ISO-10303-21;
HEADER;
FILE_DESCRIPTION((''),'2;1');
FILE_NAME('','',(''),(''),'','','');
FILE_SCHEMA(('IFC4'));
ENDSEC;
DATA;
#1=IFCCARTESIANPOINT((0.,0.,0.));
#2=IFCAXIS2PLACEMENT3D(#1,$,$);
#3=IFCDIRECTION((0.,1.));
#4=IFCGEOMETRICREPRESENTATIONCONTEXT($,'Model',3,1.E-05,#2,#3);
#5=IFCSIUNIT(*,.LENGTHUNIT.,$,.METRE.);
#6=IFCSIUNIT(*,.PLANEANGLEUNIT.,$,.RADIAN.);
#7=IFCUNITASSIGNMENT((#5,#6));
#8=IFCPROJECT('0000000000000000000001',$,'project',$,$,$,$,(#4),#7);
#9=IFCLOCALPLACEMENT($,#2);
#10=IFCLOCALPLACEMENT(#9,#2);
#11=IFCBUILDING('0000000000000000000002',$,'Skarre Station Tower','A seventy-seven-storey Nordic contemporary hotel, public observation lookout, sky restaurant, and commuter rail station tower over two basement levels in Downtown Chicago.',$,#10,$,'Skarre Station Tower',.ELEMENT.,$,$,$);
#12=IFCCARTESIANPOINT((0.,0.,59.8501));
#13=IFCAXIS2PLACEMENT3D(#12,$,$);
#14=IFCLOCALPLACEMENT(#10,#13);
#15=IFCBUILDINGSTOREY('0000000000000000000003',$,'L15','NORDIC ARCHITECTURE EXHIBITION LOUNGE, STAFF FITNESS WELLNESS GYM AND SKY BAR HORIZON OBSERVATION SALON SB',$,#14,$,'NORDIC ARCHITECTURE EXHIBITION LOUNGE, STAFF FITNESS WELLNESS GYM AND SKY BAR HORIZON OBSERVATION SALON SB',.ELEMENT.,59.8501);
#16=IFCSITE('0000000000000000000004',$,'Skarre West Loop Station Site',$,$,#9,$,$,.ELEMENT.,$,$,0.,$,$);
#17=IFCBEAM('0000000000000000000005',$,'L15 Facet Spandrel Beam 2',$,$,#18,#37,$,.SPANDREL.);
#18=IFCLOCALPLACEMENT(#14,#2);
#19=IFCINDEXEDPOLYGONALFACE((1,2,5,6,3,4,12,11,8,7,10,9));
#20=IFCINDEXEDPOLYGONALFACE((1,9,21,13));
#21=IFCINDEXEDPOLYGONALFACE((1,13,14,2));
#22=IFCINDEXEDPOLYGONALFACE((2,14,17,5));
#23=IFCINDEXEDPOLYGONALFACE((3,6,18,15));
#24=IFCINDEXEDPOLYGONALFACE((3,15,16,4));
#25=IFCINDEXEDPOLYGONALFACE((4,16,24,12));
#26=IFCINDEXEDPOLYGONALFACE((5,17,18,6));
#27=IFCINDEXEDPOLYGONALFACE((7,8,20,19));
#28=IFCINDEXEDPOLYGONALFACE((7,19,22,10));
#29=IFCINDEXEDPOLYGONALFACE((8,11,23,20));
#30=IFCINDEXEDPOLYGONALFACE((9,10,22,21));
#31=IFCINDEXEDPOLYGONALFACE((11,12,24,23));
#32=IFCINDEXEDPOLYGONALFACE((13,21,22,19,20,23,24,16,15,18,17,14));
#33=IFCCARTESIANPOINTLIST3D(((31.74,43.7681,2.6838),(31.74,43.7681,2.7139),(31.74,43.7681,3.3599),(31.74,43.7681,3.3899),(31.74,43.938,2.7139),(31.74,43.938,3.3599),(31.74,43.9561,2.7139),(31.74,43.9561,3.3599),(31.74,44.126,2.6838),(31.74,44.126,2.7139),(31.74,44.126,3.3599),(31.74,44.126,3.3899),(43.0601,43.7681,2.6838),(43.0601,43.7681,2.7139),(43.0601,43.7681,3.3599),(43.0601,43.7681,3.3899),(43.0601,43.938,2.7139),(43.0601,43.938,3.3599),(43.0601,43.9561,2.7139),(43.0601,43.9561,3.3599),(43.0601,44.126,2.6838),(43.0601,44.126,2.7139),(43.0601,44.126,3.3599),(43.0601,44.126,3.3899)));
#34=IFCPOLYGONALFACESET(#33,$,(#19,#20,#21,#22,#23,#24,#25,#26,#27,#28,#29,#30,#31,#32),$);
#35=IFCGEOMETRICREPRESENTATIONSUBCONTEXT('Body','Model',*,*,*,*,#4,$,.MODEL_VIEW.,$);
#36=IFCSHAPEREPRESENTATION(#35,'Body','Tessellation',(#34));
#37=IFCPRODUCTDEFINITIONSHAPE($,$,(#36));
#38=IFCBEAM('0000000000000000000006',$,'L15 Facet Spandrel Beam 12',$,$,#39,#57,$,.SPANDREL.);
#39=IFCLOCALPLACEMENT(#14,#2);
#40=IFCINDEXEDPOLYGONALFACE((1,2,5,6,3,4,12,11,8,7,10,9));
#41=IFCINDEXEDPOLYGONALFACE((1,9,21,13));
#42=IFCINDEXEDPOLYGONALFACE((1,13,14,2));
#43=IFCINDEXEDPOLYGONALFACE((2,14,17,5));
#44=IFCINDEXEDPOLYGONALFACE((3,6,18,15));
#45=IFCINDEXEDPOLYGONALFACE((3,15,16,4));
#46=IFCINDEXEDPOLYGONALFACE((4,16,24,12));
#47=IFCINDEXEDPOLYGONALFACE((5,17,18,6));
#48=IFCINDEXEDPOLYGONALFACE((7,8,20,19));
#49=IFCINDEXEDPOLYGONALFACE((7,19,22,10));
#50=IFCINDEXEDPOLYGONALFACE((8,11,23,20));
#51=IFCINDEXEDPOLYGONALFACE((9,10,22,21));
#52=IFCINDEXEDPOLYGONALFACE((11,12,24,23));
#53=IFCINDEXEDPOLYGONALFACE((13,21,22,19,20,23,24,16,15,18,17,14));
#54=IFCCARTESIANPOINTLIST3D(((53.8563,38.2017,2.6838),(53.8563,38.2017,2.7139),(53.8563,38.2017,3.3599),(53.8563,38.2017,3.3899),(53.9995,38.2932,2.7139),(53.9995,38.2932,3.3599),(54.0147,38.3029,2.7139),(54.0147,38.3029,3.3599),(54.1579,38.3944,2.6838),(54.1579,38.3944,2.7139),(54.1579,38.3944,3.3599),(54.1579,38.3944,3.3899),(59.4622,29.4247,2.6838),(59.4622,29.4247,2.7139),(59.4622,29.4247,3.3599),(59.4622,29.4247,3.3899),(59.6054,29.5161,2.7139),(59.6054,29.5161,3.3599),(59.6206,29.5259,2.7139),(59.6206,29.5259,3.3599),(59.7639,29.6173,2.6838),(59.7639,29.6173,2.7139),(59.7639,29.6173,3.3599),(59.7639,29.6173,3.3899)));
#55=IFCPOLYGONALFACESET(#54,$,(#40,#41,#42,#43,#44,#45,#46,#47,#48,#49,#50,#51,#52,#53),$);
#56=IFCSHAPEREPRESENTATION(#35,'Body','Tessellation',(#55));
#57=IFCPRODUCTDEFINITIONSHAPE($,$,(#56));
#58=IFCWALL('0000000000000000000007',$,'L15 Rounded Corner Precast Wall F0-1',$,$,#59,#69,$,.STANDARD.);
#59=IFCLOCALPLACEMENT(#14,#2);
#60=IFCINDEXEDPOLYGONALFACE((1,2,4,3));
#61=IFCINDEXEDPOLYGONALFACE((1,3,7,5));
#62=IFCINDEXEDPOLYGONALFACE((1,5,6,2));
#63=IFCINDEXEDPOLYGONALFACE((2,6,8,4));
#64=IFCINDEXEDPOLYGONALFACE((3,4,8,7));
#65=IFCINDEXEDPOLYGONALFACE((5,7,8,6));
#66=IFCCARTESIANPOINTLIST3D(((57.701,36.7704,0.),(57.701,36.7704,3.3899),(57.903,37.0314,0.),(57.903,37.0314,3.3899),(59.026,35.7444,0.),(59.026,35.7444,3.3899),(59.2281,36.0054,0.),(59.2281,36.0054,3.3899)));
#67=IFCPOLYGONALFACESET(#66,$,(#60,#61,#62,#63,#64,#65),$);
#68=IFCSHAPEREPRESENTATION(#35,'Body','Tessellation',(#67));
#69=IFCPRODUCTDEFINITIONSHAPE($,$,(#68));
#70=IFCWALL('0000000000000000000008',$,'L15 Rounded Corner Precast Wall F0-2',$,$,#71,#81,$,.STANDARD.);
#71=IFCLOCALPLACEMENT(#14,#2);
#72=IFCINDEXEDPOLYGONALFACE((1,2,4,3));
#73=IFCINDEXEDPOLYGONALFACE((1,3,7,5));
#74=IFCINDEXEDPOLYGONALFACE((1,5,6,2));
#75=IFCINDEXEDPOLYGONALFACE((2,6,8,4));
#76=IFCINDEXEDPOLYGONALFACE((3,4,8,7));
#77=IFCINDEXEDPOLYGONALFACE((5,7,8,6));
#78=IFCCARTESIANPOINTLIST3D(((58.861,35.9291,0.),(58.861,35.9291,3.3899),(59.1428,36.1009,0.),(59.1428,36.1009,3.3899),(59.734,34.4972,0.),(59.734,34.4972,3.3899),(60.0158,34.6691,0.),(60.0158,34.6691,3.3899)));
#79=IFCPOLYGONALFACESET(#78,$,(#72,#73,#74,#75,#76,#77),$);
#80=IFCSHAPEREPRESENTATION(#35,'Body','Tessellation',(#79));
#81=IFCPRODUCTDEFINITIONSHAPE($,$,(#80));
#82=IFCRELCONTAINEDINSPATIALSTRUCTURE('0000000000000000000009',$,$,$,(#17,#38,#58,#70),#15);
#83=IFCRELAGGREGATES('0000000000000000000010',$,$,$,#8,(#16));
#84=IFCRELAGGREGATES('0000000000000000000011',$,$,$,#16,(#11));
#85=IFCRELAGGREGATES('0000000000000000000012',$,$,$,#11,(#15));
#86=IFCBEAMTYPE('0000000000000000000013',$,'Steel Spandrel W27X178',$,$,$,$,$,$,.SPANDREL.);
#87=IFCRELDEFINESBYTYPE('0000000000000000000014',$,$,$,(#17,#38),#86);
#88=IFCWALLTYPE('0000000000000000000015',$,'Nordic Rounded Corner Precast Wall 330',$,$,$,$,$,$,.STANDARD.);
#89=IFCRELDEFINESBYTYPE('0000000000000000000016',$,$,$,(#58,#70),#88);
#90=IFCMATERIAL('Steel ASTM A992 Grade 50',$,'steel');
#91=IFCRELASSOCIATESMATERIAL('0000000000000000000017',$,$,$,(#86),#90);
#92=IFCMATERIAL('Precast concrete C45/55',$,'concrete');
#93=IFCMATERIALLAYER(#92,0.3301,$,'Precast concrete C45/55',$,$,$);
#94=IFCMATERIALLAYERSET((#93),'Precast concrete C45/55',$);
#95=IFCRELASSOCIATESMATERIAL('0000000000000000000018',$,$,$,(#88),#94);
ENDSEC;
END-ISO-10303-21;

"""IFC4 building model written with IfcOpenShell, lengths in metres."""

from ifc_helpers import new_model, si_unit, direction, frame, frame_2d, origin, origin_2d, place, context, subcontext, project, spatial, rectangle, i_section, extrude, material, layer, layer_set, material_profile, profile_set, type_object, element, save


model = new_model("IFC4")

# Units and contexts
model_context = context("Model", 3, precision=1e-05, world=origin(), true_north=direction((0.0, 1.0)))
body_context = subcontext(model_context, "Body", "Model", "MODEL_VIEW")
ifc_project = project(units=[si_unit("LENGTHUNIT", "METRE"), si_unit("PLANEANGLEUNIT", "RADIAN")], contexts=[model_context])

# Site, building, storey
site_placement = place(None, origin())
site = spatial("IfcSite", under=ifc_project, at=site_placement, Name="Skarre West Loop Station Site", CompositionType="ELEMENT", RefElevation=0.0)
building_placement = place(site_placement, origin())
building = spatial("IfcBuilding", under=site, at=building_placement, Name="Skarre Station Tower", Description="A seventy-seven-storey Nordic contemporary hotel, public observation lookout, sky restaurant, and commuter rail station tower over two basement levels in Downtown Chicago.", LongName="Skarre Station Tower", CompositionType="ELEMENT")
storey_placement = place(building_placement, frame((0.0, 0.0, 59.8501)))
storey = spatial("IfcBuildingStorey", under=building, at=storey_placement, Name="L15", Description="NORDIC ARCHITECTURE EXHIBITION LOUNGE, STAFF FITNESS WELLNESS GYM AND SKY BAR HORIZON OBSERVATION SALON SB", LongName="NORDIC ARCHITECTURE EXHIBITION LOUNGE, STAFF FITNESS WELLNESS GYM AND SKY BAR HORIZON OBSERVATION SALON SB", CompositionType="ELEMENT", Elevation=59.8501)

# Beams
ifc_material_1 = material(Name="Steel ASTM A992 Grade 50", Category="steel")
ifc_material_profile_1 = material_profile(ifc_material_1, i_section(OverallWidth=0.3579, OverallDepth=0.7061, WebThickness=0.0181, FlangeThickness=0.03, at=origin_2d()), Name="Steel ASTM A992 Grade 50")
ifc_profile_set_1 = profile_set([ifc_material_profile_1], Name="Steel ASTM A992 Grade 50")
beam_type_1 = type_object("IfcBeamType", Name="Steel Spandrel W27X178", PredefinedType="SPANDREL", material=ifc_profile_set_1)
beam_1_placement = place(storey_placement, frame((43.0601, 43.947, 3.0369), z_axis=(-1.0, 0.0, 0.0), x_axis=(0.0, -1.0, 0.0)))
element("IfcBeam", 1, at=beam_1_placement, inside=storey, type_object=beam_type_1, Name="L15 Facet Spandrel Beam 2", PredefinedType="SPANDREL", context=body_context, shape_type="SweptSolid", body=[
    extrude(i_section(OverallWidth=0.3579, OverallDepth=0.7061, WebThickness=0.0181, FlangeThickness=0.03, at=origin_2d()), origin(), (0.0, 0.0, 1.0), 11.3201),
])
beam_2_placement = place(storey_placement, frame((59.613, 29.521, 3.0369), z_axis=(-0.538278, 0.842767, 0.0), x_axis=(-0.842767, -0.538278, 0.0)))
element("IfcBeam", 2, at=beam_2_placement, inside=storey, type_object=beam_type_1, Name="L15 Facet Spandrel Beam 12", PredefinedType="SPANDREL", context=body_context, shape_type="SweptSolid", body=[
    extrude(i_section(OverallWidth=0.3579, OverallDepth=0.7061, WebThickness=0.0181, FlangeThickness=0.03, at=origin_2d()), origin(), (0.0, 0.0, 1.0), 10.4146),
])

# Walls
ifc_material_2 = material(Name="Precast concrete C45/55", Category="concrete")
ifc_layer = layer(ifc_material_2, 0.3301, Name="Precast concrete C45/55")
ifc_layer_set = layer_set([ifc_layer], Name="Precast concrete C45/55")
wall_type = type_object("IfcWallType", Name="Nordic Rounded Corner Precast Wall 330", PredefinedType="STANDARD", material=ifc_layer_set)
wall_1_placement = place(storey_placement, frame((57.802, 36.9009, 0.0), z_axis=(0.0, 0.0, 1.0), x_axis=(0.790692, -0.612214, 0.0)))
element("IfcWall", 3, at=wall_1_placement, inside=storey, type_object=wall_type, Name="L15 Rounded Corner Precast Wall F0-1", PredefinedType="STANDARD", context=body_context, shape_type="SweptSolid", body=[
    extrude(rectangle(XDim=1.6758, YDim=0.3301, at=frame_2d((0.8379, 0.0))), origin(), (0.0, 0.0, 1.0), 3.3899),
])
wall_2_placement = place(storey_placement, frame((59.002, 36.0149, 0.0), z_axis=(0.0, 0.0, 1.0), x_axis=(0.520584, -0.85381, 0.0)))
element("IfcWall", 4, at=wall_2_placement, inside=storey, type_object=wall_type, Name="L15 Rounded Corner Precast Wall F0-2", PredefinedType="STANDARD", context=body_context, shape_type="SweptSolid", body=[
    extrude(rectangle(XDim=1.677, YDim=0.3301, at=frame_2d((0.8384, 0.0))), origin(), (0.0, 0.0, 1.0), 3.3899),
])

save(model, "model.ifc")
